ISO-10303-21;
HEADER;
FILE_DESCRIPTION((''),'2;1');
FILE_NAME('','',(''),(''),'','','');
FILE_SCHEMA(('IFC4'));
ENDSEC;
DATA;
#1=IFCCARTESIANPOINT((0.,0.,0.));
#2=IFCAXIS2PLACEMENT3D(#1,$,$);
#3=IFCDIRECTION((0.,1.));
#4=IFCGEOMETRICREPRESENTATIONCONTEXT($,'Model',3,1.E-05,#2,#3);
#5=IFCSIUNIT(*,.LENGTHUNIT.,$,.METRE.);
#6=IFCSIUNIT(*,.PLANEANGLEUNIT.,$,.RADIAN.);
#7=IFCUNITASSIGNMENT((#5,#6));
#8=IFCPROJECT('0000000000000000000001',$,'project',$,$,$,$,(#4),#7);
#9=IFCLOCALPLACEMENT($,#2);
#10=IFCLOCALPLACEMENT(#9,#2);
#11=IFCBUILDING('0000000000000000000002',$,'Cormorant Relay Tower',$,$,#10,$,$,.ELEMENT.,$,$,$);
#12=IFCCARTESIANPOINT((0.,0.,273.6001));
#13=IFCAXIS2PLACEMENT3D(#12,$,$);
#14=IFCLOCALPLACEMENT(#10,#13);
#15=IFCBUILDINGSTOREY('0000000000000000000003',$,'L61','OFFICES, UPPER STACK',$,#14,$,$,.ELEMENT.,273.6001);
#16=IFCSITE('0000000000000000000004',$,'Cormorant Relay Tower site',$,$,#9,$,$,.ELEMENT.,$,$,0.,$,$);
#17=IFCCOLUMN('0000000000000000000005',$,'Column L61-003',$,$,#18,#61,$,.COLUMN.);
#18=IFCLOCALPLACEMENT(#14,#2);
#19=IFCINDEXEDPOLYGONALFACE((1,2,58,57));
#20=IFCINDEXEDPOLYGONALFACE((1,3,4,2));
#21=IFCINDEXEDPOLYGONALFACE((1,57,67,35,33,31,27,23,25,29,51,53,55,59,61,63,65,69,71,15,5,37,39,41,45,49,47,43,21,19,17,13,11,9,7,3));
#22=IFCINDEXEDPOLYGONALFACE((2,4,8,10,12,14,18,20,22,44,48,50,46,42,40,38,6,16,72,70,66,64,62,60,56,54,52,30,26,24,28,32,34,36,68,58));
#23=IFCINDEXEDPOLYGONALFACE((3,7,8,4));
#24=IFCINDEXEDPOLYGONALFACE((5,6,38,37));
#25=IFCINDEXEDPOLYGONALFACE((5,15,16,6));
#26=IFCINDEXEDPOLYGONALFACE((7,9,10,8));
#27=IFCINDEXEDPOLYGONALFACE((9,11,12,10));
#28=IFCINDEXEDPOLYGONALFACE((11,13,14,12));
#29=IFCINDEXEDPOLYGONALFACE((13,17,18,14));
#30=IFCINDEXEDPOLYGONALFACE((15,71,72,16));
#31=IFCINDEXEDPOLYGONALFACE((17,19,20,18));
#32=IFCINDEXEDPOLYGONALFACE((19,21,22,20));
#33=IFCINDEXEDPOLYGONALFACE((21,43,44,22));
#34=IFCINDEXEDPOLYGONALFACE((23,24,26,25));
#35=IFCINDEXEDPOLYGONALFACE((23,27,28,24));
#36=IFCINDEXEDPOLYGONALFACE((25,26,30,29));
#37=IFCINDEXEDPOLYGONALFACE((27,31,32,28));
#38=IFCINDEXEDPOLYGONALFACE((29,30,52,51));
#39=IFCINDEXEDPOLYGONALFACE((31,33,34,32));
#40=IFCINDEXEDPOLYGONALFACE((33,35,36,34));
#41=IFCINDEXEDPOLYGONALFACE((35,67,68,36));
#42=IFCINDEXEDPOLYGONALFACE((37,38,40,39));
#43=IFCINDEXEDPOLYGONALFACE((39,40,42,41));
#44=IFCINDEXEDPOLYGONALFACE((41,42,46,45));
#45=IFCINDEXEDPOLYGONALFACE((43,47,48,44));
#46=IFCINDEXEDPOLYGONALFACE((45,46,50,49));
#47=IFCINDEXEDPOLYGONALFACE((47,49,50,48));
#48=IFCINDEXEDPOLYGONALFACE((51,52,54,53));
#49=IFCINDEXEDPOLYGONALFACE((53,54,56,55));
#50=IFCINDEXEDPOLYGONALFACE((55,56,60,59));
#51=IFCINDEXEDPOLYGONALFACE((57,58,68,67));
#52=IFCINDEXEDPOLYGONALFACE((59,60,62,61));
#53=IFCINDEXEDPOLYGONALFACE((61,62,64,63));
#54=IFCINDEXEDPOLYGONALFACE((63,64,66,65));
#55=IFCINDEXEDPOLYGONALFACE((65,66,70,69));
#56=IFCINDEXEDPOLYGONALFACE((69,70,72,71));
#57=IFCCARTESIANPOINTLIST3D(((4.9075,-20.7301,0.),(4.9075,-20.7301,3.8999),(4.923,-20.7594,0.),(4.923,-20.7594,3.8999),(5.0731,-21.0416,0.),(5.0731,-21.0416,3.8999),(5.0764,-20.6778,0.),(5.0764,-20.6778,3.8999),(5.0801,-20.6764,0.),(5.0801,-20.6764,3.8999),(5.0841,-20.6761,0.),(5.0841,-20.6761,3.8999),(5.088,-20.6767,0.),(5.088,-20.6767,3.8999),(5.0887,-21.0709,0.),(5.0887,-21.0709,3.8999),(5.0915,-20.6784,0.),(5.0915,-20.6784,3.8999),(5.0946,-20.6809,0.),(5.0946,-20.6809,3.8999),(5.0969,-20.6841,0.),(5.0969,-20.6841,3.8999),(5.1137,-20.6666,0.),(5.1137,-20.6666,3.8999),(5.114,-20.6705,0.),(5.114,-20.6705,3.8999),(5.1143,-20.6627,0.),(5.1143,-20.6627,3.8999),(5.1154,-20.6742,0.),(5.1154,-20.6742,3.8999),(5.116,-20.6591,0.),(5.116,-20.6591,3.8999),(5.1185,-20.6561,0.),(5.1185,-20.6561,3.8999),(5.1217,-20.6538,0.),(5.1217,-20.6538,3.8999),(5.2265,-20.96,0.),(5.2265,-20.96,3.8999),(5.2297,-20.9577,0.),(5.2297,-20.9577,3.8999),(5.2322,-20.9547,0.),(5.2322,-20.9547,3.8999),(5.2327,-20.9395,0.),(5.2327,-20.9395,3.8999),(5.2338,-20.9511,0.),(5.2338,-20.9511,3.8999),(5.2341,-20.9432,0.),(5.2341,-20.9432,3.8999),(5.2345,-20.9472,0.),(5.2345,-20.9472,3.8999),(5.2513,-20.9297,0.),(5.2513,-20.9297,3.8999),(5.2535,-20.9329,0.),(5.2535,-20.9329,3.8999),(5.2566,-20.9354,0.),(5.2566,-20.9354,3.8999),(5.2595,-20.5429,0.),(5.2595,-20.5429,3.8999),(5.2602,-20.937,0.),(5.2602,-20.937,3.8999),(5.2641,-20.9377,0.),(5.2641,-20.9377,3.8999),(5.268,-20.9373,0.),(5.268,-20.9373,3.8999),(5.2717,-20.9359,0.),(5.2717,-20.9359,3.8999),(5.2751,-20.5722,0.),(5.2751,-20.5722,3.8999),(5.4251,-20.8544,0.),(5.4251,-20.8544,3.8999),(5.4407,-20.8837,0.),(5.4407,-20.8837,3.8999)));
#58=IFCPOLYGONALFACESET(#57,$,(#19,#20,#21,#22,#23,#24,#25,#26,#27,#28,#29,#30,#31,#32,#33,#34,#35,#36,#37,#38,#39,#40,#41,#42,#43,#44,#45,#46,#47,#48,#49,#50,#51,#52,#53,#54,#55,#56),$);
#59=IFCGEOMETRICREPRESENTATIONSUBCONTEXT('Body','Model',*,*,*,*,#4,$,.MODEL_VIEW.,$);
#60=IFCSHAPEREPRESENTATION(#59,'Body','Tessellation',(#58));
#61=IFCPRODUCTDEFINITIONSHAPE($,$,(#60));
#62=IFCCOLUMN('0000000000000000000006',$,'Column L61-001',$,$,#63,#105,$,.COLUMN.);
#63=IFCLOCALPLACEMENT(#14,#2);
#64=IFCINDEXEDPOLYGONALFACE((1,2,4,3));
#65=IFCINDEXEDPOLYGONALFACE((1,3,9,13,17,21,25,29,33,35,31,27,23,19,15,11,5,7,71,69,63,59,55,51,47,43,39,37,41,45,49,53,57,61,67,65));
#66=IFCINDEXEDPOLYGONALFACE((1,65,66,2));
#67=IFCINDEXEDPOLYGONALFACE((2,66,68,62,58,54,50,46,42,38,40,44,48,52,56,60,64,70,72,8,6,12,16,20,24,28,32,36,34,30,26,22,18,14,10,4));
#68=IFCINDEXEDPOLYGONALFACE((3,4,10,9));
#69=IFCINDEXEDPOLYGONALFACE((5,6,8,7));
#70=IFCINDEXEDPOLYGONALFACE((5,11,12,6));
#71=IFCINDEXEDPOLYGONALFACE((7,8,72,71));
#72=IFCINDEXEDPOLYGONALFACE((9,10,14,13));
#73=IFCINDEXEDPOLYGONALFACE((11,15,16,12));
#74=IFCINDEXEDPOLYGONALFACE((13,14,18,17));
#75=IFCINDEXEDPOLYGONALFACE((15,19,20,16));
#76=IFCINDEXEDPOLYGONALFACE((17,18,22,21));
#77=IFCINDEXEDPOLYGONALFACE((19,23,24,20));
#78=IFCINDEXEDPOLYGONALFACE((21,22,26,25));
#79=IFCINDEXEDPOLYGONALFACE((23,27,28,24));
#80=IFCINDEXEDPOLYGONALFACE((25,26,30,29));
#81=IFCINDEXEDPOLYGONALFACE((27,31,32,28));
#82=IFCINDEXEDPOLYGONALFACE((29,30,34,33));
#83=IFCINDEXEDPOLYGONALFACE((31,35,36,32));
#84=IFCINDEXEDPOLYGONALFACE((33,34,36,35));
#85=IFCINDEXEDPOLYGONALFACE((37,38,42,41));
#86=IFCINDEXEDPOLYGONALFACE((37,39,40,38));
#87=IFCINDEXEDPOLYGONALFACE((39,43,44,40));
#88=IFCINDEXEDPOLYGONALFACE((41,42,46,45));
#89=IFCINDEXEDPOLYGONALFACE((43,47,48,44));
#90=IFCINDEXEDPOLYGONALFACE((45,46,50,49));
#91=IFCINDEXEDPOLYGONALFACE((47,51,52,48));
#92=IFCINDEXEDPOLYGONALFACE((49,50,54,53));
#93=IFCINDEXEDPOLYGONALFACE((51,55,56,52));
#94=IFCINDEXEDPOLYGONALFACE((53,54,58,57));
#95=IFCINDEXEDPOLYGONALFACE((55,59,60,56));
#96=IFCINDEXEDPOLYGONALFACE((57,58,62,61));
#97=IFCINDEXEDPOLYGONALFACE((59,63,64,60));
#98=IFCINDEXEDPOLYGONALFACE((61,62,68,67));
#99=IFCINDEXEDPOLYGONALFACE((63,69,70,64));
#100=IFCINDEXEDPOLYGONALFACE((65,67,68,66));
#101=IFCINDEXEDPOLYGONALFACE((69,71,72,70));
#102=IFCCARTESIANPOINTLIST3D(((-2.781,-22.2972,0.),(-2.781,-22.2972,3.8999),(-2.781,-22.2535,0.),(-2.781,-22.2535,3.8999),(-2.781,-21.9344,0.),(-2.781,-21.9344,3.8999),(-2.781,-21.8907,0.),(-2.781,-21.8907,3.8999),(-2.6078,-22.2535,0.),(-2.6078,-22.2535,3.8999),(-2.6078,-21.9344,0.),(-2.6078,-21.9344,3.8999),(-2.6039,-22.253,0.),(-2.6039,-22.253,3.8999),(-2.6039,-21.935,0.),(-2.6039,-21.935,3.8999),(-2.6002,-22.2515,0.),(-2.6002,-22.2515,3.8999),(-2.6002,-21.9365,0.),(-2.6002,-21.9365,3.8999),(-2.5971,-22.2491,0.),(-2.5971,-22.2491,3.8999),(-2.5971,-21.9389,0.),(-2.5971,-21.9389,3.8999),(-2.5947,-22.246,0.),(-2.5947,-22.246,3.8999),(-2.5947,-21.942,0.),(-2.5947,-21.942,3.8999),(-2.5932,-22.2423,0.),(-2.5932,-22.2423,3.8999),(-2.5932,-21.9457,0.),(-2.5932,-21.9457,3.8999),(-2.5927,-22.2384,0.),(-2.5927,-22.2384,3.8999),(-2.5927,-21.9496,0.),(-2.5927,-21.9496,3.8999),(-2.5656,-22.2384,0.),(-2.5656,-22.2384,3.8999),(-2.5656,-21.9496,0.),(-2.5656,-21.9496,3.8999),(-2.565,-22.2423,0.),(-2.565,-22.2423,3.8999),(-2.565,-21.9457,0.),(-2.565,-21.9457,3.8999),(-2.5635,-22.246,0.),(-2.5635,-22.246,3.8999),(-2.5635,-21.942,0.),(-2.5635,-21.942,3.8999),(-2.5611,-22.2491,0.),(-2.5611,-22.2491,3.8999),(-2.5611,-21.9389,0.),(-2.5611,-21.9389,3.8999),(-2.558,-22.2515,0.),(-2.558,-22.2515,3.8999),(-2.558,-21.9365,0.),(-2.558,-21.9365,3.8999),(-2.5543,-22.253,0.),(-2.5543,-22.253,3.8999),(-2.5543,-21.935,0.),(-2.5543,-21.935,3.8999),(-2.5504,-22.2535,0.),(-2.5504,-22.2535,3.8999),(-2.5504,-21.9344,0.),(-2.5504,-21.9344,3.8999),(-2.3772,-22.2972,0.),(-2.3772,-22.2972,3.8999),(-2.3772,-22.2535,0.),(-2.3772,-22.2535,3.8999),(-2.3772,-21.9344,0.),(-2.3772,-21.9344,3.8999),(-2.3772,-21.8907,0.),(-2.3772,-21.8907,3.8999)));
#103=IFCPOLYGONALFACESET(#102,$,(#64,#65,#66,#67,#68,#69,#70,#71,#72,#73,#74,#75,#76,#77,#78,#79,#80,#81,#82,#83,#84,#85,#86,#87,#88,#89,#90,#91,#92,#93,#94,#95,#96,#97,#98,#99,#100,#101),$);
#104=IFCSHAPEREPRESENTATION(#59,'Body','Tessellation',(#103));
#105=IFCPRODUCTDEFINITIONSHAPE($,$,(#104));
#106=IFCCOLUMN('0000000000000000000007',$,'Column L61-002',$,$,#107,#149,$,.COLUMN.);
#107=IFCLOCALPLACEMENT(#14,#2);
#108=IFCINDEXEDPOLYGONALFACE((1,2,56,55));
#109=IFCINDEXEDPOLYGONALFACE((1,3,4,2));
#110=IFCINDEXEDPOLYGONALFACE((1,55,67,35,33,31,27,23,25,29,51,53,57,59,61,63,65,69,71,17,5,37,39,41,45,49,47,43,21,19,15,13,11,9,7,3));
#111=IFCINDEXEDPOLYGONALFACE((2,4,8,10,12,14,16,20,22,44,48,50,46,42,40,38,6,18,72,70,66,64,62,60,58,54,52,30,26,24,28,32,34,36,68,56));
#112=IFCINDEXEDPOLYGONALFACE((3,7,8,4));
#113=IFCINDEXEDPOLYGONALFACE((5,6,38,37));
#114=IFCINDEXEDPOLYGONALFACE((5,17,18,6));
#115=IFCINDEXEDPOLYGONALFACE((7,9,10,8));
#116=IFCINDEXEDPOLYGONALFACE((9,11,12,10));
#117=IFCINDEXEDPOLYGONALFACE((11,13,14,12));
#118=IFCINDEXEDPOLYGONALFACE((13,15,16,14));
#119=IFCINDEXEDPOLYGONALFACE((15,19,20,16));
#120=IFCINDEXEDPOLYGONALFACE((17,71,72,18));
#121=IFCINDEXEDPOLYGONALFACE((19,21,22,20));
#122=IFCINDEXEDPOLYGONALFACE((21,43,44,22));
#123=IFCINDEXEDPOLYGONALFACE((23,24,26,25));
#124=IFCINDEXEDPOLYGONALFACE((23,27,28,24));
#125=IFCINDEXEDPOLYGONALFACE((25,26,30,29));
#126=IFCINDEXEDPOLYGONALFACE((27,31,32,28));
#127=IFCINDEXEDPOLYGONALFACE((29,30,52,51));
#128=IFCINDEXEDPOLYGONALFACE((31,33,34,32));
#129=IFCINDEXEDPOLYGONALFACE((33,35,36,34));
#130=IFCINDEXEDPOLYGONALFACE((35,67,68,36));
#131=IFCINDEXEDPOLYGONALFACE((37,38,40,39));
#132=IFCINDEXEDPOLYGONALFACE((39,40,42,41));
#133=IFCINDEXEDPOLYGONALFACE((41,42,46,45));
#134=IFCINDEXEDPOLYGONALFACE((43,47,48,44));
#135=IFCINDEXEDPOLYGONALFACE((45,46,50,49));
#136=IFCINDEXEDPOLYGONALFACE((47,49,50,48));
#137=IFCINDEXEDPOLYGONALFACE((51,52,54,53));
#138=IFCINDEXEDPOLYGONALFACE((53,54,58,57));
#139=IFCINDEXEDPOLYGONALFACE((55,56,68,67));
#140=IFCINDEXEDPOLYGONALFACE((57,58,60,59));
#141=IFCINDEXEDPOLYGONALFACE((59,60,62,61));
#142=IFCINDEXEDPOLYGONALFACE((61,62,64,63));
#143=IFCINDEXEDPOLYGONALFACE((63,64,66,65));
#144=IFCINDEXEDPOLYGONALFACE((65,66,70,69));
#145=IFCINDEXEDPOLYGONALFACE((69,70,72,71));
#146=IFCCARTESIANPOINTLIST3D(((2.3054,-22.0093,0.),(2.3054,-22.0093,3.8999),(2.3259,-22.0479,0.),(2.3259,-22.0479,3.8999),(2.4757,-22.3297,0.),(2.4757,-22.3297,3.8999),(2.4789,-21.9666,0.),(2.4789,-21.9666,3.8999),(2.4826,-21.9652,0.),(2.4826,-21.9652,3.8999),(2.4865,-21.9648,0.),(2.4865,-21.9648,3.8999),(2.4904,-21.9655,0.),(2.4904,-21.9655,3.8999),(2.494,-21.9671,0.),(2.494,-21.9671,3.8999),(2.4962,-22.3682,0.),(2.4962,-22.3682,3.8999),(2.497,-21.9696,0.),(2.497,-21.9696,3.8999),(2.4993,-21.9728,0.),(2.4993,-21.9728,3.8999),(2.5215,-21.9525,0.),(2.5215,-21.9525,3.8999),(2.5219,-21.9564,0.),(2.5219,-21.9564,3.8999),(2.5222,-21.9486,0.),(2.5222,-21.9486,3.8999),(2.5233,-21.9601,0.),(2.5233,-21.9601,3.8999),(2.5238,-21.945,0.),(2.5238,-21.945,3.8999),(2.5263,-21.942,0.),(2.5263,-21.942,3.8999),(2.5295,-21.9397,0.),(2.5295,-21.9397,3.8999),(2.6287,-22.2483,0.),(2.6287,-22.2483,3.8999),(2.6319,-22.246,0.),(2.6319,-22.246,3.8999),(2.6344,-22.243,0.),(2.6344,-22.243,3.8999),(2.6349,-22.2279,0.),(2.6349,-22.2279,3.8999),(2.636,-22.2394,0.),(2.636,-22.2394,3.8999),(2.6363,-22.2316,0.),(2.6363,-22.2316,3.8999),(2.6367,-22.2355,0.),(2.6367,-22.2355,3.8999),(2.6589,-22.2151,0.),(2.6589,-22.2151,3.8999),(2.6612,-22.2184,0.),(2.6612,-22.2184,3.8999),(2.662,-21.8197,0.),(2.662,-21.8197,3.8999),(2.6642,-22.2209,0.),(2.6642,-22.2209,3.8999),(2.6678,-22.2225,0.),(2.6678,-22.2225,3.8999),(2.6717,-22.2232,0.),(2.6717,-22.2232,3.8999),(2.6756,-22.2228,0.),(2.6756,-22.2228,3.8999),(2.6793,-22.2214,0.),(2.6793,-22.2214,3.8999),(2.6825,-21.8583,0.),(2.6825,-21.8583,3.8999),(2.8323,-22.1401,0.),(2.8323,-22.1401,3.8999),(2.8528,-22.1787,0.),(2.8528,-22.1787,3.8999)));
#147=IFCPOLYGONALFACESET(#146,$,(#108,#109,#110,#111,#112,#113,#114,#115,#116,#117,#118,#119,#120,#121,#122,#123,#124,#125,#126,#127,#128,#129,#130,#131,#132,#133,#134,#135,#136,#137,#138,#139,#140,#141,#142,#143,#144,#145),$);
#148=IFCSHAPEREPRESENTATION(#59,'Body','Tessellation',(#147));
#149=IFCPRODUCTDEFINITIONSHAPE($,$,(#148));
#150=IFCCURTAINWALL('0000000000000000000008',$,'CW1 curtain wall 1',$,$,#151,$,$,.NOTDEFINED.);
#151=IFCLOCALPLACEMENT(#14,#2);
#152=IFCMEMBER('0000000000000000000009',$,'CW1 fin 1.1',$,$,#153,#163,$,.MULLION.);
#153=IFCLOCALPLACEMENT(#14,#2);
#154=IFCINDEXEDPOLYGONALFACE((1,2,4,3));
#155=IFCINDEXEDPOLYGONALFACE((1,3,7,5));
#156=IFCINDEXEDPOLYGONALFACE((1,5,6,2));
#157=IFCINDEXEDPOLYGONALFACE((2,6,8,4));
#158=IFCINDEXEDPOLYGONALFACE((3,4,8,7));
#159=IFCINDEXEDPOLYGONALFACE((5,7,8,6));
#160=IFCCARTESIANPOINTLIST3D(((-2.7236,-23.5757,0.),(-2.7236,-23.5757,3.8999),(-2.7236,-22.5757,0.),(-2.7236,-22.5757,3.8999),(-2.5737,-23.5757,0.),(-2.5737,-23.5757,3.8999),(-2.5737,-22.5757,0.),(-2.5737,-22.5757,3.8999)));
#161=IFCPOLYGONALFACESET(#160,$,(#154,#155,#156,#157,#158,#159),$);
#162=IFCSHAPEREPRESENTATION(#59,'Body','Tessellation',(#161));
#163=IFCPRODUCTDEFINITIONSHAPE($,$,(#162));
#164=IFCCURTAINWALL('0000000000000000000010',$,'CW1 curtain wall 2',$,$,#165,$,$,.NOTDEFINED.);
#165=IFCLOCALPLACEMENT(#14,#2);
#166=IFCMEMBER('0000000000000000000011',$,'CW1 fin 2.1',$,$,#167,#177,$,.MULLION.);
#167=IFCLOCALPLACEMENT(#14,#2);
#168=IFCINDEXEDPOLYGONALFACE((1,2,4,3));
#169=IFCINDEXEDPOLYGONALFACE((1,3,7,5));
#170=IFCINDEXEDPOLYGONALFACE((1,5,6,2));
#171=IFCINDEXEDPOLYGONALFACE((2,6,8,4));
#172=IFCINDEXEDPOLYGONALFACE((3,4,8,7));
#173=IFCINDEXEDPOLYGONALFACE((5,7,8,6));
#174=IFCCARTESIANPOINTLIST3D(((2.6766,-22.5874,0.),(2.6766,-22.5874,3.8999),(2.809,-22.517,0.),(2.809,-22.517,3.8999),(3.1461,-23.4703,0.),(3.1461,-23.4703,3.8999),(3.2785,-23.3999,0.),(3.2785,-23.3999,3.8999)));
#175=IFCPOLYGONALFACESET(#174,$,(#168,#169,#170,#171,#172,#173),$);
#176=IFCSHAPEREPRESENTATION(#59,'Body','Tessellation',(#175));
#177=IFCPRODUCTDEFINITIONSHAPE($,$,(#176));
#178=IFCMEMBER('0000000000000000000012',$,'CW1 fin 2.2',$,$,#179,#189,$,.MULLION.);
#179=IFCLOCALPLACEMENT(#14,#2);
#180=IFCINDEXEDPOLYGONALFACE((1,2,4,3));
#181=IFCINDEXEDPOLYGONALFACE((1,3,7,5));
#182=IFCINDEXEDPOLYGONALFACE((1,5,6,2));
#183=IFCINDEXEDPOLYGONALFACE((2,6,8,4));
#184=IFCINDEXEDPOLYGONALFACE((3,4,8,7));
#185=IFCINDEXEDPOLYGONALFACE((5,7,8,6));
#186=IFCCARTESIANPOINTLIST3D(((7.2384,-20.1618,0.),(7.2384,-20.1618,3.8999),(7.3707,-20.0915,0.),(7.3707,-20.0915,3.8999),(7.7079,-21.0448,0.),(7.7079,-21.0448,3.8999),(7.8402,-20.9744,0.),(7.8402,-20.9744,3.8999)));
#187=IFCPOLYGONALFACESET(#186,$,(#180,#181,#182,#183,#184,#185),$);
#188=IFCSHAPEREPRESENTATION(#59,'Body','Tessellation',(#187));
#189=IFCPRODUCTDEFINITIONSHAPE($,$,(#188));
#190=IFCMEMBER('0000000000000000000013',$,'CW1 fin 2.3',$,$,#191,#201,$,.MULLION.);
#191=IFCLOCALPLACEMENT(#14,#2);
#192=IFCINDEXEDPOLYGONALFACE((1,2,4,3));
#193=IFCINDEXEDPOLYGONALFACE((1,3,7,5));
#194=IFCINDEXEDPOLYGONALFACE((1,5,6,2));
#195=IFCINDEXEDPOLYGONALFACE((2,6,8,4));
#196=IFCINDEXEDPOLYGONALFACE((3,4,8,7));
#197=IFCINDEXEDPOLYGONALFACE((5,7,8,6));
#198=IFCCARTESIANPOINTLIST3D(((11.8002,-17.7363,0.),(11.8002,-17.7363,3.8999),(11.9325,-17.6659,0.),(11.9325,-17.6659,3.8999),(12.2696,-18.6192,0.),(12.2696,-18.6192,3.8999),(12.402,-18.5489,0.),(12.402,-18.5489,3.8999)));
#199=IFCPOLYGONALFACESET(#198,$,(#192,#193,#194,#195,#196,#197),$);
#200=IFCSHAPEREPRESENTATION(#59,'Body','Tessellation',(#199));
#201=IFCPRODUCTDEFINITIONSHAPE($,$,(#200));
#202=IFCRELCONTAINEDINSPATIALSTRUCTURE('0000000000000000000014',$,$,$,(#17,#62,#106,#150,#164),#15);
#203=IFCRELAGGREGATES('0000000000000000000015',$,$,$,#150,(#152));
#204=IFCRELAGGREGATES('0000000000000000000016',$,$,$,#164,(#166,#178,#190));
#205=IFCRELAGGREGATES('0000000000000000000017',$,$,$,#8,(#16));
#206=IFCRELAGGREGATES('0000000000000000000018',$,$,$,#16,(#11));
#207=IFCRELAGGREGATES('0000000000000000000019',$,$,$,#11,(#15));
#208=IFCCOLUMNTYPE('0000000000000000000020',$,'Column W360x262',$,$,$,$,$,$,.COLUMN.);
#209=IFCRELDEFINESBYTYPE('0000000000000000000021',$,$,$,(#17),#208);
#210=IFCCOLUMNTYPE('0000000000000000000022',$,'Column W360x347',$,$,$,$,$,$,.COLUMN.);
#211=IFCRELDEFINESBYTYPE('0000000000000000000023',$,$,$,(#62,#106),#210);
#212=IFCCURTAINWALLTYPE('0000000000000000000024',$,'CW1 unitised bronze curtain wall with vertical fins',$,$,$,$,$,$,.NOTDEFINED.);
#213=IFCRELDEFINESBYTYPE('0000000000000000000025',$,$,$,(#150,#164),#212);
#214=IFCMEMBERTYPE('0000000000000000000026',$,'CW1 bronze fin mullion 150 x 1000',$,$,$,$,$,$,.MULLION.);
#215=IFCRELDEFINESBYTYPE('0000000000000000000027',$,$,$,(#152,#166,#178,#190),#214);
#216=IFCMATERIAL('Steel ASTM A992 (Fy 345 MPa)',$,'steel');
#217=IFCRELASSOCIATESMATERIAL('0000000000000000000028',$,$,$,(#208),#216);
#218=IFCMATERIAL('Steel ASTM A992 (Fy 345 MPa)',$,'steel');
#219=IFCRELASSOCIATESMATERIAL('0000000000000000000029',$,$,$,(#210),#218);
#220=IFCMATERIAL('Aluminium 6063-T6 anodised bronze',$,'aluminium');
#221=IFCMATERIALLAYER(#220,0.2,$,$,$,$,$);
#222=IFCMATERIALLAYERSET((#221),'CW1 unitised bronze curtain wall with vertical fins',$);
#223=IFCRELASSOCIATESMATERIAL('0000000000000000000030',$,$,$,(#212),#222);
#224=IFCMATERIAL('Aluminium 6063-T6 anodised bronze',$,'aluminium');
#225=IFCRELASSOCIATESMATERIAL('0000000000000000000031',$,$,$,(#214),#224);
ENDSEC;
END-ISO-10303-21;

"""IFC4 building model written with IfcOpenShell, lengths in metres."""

from ifc_helpers import new_model, si_unit, direction, frame, origin, origin_2d, place, context, subcontext, project, spatial, rectangle, i_section, extrude, material, layer, layer_set, material_profile, profile_set, type_object, element, aggregate, save


model = new_model("IFC4")

# Units and contexts
model_context = context("Model", 3, precision=1e-05, world=origin(), true_north=direction((0.0, 1.0)))
body_context = subcontext(model_context, "Body", "Model", "MODEL_VIEW")
ifc_project = project(units=[si_unit("LENGTHUNIT", "METRE"), si_unit("PLANEANGLEUNIT", "RADIAN")], contexts=[model_context])

# Site, building, storey
site_placement = place(None, origin())
site = spatial("IfcSite", under=ifc_project, at=site_placement, Name="Cormorant Relay Tower site", CompositionType="ELEMENT", RefElevation=0.0)
building_placement = place(site_placement, origin())
building = spatial("IfcBuilding", under=site, at=building_placement, Name="Cormorant Relay Tower", CompositionType="ELEMENT")
storey_placement = place(building_placement, frame((0.0, 0.0, 273.6001)))
storey = spatial("IfcBuildingStorey", under=building, at=storey_placement, Name="L61", Description="OFFICES, UPPER STACK", CompositionType="ELEMENT", Elevation=273.6001)

# Columns
ifc_material_1 = material(Name="Steel ASTM A992 (Fy 345 MPa)", Category="steel")
ifc_material_profile_1 = material_profile(ifc_material_1, i_section(OverallWidth=0.3987, OverallDepth=0.386, WebThickness=0.021, FlangeThickness=0.0332, FilletRadius=0.0151, at=origin_2d()), Name="W360x262")
ifc_profile_set_1 = profile_set([ifc_material_profile_1], Name="Steel ASTM A992 (Fy 345 MPa)")
column_type_1 = type_object("IfcColumnType", Name="Column W360x262", PredefinedType="COLUMN", material=ifc_profile_set_1)
column_placement = place(storey_placement, frame((5.1741, -20.8069, 0.0), z_axis=(0.0, 0.0, 1.0), x_axis=(0.882948, 0.469472, 0.0)))
element("IfcColumn", 1, at=column_placement, inside=storey, type_object=column_type_1, Name="Column L61-003", PredefinedType="COLUMN", context=body_context, shape_type="SweptSolid", body=[
    extrude(i_section(OverallWidth=0.3987, OverallDepth=0.386, WebThickness=0.021, FlangeThickness=0.0332, FilletRadius=0.0151, at=origin_2d()), origin(), (0.0, 0.0, 1.0), 3.8999),
])
ifc_material_2 = material(Name="Steel ASTM A992 (Fy 345 MPa)", Category="steel")
ifc_material_profile_2 = material_profile(ifc_material_2, i_section(OverallWidth=0.4038, OverallDepth=0.4065, WebThickness=0.0271, FlangeThickness=0.0437, FilletRadius=0.0151, at=origin_2d()), Name="W360x347")
ifc_profile_set_2 = profile_set([ifc_material_profile_2], Name="Steel ASTM A992 (Fy 345 MPa)")
column_type_2 = type_object("IfcColumnType", Name="Column W360x347", PredefinedType="COLUMN", material=ifc_profile_set_2)
for number, where, z_axis, x_axis, name in (
    (2, (-2.5791, -22.094, 0.0), (0.0, 0.0, 1.0), (1.0, 0.0, 0.0), "Column L61-001"),
    (3, (2.5791, -22.094, 0.0), (0.0, 0.0, 1.0), (0.882948, 0.469472, 0.0), "Column L61-002"),
):
    element("IfcColumn", number, at=place(storey_placement, frame(where, z_axis=z_axis, x_axis=x_axis)), inside=storey, type_object=column_type_2, Name=name, PredefinedType="COLUMN", context=body_context, shape_type="SweptSolid", body=[
        extrude(i_section(OverallWidth=0.4038, OverallDepth=0.4065, WebThickness=0.0271, FlangeThickness=0.0437, FilletRadius=0.0151, at=origin_2d()), origin(), (0.0, 0.0, 1.0), 3.8999),
    ])

# Curtain wall, member
ifc_material_3 = material(Name="Aluminium 6063-T6 anodised bronze", Category="aluminium")
ifc_layer_1 = layer(ifc_material_3, 0.2)
ifc_layer_set_1 = layer_set([ifc_layer_1], Name="CW1 unitised bronze curtain wall with vertical fins")
curtain_wall_type = type_object("IfcCurtainWallType", Name="CW1 unitised bronze curtain wall with vertical fins", PredefinedType="NOTDEFINED", material=ifc_layer_set_1)
curtain_wall_1_placement = place(storey_placement, origin())
curtain_wall_1 = element("IfcCurtainWall", 4, at=curtain_wall_1_placement, inside=storey, type_object=curtain_wall_type, Name="CW1 curtain wall 1", PredefinedType="NOTDEFINED")
ifc_material_4 = material(Name="Aluminium 6063-T6 anodised bronze", Category="aluminium")
ifc_material_profile_3 = material_profile(ifc_material_4, rectangle(XDim=0.1499, YDim=1.0, at=origin_2d()), Name="AL 150x1000")
ifc_profile_set_3 = profile_set([ifc_material_profile_3], Name="Aluminium 6063-T6 anodised bronze")
member_type_1 = type_object("IfcMemberType", Name="CW1 bronze fin mullion 150 x 1000", PredefinedType="MULLION", material=ifc_profile_set_3)
member_1_placement = place(storey_placement, frame((-2.6487, -23.0757, 0.0), z_axis=(0.0, 0.0, 1.0), x_axis=(1.0, 0.0, 0.0)))
member_1 = element("IfcMember", 5, at=member_1_placement, type_object=member_type_1, Name="CW1 fin 1.1", PredefinedType="MULLION", context=body_context, shape_type="SweptSolid", body=[
    extrude(rectangle(XDim=0.1499, YDim=1.0, at=origin_2d()), origin(), (0.0, 0.0, 1.0), 3.8999),
])

# Curtain wall, members
curtain_wall_2_placement = place(storey_placement, origin())
curtain_wall_2 = element("IfcCurtainWall", 6, at=curtain_wall_2_placement, inside=storey, type_object=curtain_wall_type, Name="CW1 curtain wall 2", PredefinedType="NOTDEFINED")
member_2_placement = place(storey_placement, frame((2.9775, -22.9937, 0.0), z_axis=(0.0, 0.0, 1.0), x_axis=(0.882948, 0.469472, 0.0)))
member_2 = element("IfcMember", 7, at=member_2_placement, type_object=member_type_1, Name="CW1 fin 2.1", PredefinedType="MULLION", context=body_context, shape_type="SweptSolid", body=[
    extrude(rectangle(XDim=0.1499, YDim=1.0, at=origin_2d()), origin(), (0.0, 0.0, 1.0), 3.8999),
])
member_3_placement = place(storey_placement, frame((7.5393, -20.5681, 0.0), z_axis=(0.0, 0.0, 1.0), x_axis=(0.882948, 0.469472, 0.0)))
member_3 = element("IfcMember", 8, at=member_3_placement, type_object=member_type_1, Name="CW1 fin 2.2", PredefinedType="MULLION", context=body_context, shape_type="SweptSolid", body=[
    extrude(rectangle(XDim=0.1499, YDim=1.0, at=origin_2d()), origin(), (0.0, 0.0, 1.0), 3.8999),
])
member_4_placement = place(storey_placement, frame((12.1011, -18.1426, 0.0), z_axis=(0.0, 0.0, 1.0), x_axis=(0.882948, 0.469472, 0.0)))
member_4 = element("IfcMember", 9, at=member_4_placement, type_object=member_type_1, Name="CW1 fin 2.3", PredefinedType="MULLION", context=body_context, shape_type="SweptSolid", body=[
    extrude(rectangle(XDim=0.1499, YDim=1.0, at=origin_2d()), origin(), (0.0, 0.0, 1.0), 3.8999),
])

aggregate(curtain_wall_1, [member_1])
aggregate(curtain_wall_2, [member_2, member_3, member_4])

save(model, "model.ifc")
